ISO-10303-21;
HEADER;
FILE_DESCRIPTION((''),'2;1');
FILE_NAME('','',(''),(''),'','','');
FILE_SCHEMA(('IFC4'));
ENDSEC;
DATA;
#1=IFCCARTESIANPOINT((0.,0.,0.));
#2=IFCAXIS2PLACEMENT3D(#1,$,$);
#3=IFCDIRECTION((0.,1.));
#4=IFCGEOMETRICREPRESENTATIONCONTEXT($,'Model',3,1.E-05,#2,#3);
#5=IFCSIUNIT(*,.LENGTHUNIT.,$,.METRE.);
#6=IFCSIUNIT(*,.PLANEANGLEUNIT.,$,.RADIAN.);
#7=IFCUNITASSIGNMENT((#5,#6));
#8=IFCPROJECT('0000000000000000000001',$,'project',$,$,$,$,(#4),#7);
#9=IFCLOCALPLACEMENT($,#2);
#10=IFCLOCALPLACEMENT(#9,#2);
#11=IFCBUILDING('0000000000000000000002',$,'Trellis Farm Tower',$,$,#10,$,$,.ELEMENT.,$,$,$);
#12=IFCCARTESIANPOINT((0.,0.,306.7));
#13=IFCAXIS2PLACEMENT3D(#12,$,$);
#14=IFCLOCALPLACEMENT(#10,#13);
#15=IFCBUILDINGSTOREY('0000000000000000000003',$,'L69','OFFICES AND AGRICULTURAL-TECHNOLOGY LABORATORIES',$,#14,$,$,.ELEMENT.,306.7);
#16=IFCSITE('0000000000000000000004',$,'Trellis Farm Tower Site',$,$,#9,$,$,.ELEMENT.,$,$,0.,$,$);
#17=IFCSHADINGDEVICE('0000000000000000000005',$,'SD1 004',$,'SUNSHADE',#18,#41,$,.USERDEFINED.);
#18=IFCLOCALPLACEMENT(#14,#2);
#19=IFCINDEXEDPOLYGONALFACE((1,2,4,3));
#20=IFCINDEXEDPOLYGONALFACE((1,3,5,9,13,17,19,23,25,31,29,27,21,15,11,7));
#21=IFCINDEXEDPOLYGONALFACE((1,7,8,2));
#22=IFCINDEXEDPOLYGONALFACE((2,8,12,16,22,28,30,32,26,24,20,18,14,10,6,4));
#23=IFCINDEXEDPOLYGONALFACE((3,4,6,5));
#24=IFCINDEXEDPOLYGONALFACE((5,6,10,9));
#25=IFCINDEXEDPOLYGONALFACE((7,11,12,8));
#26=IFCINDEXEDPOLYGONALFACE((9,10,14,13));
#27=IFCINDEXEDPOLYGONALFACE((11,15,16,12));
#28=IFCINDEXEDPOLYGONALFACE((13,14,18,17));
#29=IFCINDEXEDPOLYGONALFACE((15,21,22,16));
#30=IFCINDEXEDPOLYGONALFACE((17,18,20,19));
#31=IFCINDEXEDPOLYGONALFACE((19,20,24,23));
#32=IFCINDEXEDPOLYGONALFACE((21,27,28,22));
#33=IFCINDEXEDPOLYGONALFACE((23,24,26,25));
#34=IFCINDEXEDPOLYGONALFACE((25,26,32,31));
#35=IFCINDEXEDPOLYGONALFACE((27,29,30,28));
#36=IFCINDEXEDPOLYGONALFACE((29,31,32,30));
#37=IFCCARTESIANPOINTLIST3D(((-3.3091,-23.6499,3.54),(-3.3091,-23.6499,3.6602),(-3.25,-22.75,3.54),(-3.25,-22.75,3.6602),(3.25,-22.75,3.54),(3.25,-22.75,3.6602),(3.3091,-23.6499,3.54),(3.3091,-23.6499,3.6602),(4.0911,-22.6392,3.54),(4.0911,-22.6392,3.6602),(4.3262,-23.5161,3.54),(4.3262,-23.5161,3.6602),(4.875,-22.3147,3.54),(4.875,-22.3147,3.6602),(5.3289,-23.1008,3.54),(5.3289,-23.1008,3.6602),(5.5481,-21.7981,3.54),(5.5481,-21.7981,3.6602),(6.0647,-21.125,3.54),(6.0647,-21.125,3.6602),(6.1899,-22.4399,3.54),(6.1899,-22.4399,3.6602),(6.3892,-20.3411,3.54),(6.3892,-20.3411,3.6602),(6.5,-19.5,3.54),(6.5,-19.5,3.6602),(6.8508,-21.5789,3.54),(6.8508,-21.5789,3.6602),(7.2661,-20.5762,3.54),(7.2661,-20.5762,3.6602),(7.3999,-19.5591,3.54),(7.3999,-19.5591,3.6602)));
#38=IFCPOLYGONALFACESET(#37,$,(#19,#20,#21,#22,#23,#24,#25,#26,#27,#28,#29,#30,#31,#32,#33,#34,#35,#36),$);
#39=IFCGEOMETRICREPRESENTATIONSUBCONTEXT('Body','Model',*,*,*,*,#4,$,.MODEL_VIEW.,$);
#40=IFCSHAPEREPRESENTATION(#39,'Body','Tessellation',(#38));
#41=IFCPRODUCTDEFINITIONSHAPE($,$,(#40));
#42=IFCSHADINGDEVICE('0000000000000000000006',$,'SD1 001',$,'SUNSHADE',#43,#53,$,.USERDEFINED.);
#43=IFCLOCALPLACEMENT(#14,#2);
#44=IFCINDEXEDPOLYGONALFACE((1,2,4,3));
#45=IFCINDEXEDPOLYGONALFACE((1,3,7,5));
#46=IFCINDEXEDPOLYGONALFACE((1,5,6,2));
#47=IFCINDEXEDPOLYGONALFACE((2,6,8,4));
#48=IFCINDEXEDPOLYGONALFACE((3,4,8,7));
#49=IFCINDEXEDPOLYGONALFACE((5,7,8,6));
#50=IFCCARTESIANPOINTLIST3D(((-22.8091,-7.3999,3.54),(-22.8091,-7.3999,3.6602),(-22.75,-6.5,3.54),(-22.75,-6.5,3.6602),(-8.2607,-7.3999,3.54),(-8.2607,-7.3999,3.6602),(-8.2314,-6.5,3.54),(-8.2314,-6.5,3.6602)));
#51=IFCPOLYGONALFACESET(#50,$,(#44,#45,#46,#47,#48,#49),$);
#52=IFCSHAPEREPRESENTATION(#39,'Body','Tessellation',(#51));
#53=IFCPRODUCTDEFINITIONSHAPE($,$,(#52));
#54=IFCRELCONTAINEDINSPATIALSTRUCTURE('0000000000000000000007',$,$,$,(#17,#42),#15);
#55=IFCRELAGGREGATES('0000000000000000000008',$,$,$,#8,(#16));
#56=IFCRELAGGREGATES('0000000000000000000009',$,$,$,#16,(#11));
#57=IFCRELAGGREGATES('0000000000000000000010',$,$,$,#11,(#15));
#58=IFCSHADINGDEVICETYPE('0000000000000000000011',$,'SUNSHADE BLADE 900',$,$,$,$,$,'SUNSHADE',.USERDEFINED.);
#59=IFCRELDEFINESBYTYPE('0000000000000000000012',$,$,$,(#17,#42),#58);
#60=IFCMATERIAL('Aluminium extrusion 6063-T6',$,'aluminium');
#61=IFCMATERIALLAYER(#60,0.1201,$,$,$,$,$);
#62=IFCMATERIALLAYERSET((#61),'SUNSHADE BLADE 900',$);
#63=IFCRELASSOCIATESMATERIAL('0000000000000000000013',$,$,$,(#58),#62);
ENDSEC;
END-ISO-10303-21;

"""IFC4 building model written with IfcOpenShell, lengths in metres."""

from ifc_helpers import new_model, si_unit, direction, frame, origin, place, context, subcontext, project, spatial, polyline, outline, extrude, source, transform, mapped, material, layer, layer_set, type_object, element, save


model = new_model("IFC4")

# Units and contexts
model_context = context("Model", 3, precision=1e-05, world=origin(), true_north=direction((0.0, 1.0)))
body_context = subcontext(model_context, "Body", "Model", "MODEL_VIEW")
ifc_project = project(units=[si_unit("LENGTHUNIT", "METRE"), si_unit("PLANEANGLEUNIT", "RADIAN")], contexts=[model_context])

# Site, building, storey
site_placement = place(None, origin())
site = spatial("IfcSite", under=ifc_project, at=site_placement, Name="Trellis Farm Tower Site", CompositionType="ELEMENT", RefElevation=0.0)
building_placement = place(site_placement, origin())
building = spatial("IfcBuilding", under=site, at=building_placement, Name="Trellis Farm Tower", CompositionType="ELEMENT")
storey_placement = place(building_placement, frame((0.0, 0.0, 306.7)))
storey = spatial("IfcBuildingStorey", under=building, at=storey_placement, Name="L69", Description="OFFICES AND AGRICULTURAL-TECHNOLOGY LABORATORIES", CompositionType="ELEMENT", Elevation=306.7)

# Shared definitions
ifc_material_1 = material(Name="Aluminium extrusion 6063-T6", Category="aluminium")

# Shading devices
ifc_layer_1 = layer(ifc_material_1, 0.1201)
ifc_layer_set_1 = layer_set([ifc_layer_1], Name="SUNSHADE BLADE 900")
shading_device_type_1 = type_object("IfcShadingDeviceType", Name="SUNSHADE BLADE 900", ElementType="SUNSHADE", PredefinedType="USERDEFINED", material=ifc_layer_set_1)
placement_1 = place(storey_placement, frame((0.0, 0.0, 3.54)))
shared_shape_1 = source(origin(), body_context, "Body", "SweptSolid", [
    extrude(outline(polyline([(-3.3091, -23.6499), (3.3091, -23.6499), (4.3262, -23.5161), (5.3289, -23.1008), (6.1899, -22.4399), (6.8508, -21.5789), (7.2661, -20.5762), (7.3999, -19.5591), (6.5, -19.5), (6.3892, -20.3411), (6.0647, -21.125), (5.5481, -21.7981), (4.875, -22.3147), (4.0911, -22.6392), (3.25, -22.75), (-3.25, -22.75), (-3.3091, -23.6499)])), origin(), (0.0, 0.0, 1.0), 0.1201),
])
element("IfcShadingDevice", 1, at=placement_1, inside=storey, type_object=shading_device_type_1, Name="SD1 004", ObjectType="SUNSHADE", PredefinedType="USERDEFINED", context=body_context, shape_type="MappedRepresentation", body=[
    mapped(shared_shape_1, transform((0.0, 0.0, 0.0))),
])
shared_shape_2 = source(origin(), body_context, "Body", "SweptSolid", [
    extrude(outline(polyline([(-22.8091, -7.3999), (-8.2607, -7.3999), (-8.2314, -6.5), (-22.75, -6.5), (-22.8091, -7.3999)])), origin(), (0.0, 0.0, 1.0), 0.1201),
])
element("IfcShadingDevice", 2, at=placement_1, inside=storey, type_object=shading_device_type_1, Name="SD1 001", ObjectType="SUNSHADE", PredefinedType="USERDEFINED", context=body_context, shape_type="MappedRepresentation", body=[
    mapped(shared_shape_2, transform((0.0, 0.0, 0.0))),
])

save(model, "model.ifc")
